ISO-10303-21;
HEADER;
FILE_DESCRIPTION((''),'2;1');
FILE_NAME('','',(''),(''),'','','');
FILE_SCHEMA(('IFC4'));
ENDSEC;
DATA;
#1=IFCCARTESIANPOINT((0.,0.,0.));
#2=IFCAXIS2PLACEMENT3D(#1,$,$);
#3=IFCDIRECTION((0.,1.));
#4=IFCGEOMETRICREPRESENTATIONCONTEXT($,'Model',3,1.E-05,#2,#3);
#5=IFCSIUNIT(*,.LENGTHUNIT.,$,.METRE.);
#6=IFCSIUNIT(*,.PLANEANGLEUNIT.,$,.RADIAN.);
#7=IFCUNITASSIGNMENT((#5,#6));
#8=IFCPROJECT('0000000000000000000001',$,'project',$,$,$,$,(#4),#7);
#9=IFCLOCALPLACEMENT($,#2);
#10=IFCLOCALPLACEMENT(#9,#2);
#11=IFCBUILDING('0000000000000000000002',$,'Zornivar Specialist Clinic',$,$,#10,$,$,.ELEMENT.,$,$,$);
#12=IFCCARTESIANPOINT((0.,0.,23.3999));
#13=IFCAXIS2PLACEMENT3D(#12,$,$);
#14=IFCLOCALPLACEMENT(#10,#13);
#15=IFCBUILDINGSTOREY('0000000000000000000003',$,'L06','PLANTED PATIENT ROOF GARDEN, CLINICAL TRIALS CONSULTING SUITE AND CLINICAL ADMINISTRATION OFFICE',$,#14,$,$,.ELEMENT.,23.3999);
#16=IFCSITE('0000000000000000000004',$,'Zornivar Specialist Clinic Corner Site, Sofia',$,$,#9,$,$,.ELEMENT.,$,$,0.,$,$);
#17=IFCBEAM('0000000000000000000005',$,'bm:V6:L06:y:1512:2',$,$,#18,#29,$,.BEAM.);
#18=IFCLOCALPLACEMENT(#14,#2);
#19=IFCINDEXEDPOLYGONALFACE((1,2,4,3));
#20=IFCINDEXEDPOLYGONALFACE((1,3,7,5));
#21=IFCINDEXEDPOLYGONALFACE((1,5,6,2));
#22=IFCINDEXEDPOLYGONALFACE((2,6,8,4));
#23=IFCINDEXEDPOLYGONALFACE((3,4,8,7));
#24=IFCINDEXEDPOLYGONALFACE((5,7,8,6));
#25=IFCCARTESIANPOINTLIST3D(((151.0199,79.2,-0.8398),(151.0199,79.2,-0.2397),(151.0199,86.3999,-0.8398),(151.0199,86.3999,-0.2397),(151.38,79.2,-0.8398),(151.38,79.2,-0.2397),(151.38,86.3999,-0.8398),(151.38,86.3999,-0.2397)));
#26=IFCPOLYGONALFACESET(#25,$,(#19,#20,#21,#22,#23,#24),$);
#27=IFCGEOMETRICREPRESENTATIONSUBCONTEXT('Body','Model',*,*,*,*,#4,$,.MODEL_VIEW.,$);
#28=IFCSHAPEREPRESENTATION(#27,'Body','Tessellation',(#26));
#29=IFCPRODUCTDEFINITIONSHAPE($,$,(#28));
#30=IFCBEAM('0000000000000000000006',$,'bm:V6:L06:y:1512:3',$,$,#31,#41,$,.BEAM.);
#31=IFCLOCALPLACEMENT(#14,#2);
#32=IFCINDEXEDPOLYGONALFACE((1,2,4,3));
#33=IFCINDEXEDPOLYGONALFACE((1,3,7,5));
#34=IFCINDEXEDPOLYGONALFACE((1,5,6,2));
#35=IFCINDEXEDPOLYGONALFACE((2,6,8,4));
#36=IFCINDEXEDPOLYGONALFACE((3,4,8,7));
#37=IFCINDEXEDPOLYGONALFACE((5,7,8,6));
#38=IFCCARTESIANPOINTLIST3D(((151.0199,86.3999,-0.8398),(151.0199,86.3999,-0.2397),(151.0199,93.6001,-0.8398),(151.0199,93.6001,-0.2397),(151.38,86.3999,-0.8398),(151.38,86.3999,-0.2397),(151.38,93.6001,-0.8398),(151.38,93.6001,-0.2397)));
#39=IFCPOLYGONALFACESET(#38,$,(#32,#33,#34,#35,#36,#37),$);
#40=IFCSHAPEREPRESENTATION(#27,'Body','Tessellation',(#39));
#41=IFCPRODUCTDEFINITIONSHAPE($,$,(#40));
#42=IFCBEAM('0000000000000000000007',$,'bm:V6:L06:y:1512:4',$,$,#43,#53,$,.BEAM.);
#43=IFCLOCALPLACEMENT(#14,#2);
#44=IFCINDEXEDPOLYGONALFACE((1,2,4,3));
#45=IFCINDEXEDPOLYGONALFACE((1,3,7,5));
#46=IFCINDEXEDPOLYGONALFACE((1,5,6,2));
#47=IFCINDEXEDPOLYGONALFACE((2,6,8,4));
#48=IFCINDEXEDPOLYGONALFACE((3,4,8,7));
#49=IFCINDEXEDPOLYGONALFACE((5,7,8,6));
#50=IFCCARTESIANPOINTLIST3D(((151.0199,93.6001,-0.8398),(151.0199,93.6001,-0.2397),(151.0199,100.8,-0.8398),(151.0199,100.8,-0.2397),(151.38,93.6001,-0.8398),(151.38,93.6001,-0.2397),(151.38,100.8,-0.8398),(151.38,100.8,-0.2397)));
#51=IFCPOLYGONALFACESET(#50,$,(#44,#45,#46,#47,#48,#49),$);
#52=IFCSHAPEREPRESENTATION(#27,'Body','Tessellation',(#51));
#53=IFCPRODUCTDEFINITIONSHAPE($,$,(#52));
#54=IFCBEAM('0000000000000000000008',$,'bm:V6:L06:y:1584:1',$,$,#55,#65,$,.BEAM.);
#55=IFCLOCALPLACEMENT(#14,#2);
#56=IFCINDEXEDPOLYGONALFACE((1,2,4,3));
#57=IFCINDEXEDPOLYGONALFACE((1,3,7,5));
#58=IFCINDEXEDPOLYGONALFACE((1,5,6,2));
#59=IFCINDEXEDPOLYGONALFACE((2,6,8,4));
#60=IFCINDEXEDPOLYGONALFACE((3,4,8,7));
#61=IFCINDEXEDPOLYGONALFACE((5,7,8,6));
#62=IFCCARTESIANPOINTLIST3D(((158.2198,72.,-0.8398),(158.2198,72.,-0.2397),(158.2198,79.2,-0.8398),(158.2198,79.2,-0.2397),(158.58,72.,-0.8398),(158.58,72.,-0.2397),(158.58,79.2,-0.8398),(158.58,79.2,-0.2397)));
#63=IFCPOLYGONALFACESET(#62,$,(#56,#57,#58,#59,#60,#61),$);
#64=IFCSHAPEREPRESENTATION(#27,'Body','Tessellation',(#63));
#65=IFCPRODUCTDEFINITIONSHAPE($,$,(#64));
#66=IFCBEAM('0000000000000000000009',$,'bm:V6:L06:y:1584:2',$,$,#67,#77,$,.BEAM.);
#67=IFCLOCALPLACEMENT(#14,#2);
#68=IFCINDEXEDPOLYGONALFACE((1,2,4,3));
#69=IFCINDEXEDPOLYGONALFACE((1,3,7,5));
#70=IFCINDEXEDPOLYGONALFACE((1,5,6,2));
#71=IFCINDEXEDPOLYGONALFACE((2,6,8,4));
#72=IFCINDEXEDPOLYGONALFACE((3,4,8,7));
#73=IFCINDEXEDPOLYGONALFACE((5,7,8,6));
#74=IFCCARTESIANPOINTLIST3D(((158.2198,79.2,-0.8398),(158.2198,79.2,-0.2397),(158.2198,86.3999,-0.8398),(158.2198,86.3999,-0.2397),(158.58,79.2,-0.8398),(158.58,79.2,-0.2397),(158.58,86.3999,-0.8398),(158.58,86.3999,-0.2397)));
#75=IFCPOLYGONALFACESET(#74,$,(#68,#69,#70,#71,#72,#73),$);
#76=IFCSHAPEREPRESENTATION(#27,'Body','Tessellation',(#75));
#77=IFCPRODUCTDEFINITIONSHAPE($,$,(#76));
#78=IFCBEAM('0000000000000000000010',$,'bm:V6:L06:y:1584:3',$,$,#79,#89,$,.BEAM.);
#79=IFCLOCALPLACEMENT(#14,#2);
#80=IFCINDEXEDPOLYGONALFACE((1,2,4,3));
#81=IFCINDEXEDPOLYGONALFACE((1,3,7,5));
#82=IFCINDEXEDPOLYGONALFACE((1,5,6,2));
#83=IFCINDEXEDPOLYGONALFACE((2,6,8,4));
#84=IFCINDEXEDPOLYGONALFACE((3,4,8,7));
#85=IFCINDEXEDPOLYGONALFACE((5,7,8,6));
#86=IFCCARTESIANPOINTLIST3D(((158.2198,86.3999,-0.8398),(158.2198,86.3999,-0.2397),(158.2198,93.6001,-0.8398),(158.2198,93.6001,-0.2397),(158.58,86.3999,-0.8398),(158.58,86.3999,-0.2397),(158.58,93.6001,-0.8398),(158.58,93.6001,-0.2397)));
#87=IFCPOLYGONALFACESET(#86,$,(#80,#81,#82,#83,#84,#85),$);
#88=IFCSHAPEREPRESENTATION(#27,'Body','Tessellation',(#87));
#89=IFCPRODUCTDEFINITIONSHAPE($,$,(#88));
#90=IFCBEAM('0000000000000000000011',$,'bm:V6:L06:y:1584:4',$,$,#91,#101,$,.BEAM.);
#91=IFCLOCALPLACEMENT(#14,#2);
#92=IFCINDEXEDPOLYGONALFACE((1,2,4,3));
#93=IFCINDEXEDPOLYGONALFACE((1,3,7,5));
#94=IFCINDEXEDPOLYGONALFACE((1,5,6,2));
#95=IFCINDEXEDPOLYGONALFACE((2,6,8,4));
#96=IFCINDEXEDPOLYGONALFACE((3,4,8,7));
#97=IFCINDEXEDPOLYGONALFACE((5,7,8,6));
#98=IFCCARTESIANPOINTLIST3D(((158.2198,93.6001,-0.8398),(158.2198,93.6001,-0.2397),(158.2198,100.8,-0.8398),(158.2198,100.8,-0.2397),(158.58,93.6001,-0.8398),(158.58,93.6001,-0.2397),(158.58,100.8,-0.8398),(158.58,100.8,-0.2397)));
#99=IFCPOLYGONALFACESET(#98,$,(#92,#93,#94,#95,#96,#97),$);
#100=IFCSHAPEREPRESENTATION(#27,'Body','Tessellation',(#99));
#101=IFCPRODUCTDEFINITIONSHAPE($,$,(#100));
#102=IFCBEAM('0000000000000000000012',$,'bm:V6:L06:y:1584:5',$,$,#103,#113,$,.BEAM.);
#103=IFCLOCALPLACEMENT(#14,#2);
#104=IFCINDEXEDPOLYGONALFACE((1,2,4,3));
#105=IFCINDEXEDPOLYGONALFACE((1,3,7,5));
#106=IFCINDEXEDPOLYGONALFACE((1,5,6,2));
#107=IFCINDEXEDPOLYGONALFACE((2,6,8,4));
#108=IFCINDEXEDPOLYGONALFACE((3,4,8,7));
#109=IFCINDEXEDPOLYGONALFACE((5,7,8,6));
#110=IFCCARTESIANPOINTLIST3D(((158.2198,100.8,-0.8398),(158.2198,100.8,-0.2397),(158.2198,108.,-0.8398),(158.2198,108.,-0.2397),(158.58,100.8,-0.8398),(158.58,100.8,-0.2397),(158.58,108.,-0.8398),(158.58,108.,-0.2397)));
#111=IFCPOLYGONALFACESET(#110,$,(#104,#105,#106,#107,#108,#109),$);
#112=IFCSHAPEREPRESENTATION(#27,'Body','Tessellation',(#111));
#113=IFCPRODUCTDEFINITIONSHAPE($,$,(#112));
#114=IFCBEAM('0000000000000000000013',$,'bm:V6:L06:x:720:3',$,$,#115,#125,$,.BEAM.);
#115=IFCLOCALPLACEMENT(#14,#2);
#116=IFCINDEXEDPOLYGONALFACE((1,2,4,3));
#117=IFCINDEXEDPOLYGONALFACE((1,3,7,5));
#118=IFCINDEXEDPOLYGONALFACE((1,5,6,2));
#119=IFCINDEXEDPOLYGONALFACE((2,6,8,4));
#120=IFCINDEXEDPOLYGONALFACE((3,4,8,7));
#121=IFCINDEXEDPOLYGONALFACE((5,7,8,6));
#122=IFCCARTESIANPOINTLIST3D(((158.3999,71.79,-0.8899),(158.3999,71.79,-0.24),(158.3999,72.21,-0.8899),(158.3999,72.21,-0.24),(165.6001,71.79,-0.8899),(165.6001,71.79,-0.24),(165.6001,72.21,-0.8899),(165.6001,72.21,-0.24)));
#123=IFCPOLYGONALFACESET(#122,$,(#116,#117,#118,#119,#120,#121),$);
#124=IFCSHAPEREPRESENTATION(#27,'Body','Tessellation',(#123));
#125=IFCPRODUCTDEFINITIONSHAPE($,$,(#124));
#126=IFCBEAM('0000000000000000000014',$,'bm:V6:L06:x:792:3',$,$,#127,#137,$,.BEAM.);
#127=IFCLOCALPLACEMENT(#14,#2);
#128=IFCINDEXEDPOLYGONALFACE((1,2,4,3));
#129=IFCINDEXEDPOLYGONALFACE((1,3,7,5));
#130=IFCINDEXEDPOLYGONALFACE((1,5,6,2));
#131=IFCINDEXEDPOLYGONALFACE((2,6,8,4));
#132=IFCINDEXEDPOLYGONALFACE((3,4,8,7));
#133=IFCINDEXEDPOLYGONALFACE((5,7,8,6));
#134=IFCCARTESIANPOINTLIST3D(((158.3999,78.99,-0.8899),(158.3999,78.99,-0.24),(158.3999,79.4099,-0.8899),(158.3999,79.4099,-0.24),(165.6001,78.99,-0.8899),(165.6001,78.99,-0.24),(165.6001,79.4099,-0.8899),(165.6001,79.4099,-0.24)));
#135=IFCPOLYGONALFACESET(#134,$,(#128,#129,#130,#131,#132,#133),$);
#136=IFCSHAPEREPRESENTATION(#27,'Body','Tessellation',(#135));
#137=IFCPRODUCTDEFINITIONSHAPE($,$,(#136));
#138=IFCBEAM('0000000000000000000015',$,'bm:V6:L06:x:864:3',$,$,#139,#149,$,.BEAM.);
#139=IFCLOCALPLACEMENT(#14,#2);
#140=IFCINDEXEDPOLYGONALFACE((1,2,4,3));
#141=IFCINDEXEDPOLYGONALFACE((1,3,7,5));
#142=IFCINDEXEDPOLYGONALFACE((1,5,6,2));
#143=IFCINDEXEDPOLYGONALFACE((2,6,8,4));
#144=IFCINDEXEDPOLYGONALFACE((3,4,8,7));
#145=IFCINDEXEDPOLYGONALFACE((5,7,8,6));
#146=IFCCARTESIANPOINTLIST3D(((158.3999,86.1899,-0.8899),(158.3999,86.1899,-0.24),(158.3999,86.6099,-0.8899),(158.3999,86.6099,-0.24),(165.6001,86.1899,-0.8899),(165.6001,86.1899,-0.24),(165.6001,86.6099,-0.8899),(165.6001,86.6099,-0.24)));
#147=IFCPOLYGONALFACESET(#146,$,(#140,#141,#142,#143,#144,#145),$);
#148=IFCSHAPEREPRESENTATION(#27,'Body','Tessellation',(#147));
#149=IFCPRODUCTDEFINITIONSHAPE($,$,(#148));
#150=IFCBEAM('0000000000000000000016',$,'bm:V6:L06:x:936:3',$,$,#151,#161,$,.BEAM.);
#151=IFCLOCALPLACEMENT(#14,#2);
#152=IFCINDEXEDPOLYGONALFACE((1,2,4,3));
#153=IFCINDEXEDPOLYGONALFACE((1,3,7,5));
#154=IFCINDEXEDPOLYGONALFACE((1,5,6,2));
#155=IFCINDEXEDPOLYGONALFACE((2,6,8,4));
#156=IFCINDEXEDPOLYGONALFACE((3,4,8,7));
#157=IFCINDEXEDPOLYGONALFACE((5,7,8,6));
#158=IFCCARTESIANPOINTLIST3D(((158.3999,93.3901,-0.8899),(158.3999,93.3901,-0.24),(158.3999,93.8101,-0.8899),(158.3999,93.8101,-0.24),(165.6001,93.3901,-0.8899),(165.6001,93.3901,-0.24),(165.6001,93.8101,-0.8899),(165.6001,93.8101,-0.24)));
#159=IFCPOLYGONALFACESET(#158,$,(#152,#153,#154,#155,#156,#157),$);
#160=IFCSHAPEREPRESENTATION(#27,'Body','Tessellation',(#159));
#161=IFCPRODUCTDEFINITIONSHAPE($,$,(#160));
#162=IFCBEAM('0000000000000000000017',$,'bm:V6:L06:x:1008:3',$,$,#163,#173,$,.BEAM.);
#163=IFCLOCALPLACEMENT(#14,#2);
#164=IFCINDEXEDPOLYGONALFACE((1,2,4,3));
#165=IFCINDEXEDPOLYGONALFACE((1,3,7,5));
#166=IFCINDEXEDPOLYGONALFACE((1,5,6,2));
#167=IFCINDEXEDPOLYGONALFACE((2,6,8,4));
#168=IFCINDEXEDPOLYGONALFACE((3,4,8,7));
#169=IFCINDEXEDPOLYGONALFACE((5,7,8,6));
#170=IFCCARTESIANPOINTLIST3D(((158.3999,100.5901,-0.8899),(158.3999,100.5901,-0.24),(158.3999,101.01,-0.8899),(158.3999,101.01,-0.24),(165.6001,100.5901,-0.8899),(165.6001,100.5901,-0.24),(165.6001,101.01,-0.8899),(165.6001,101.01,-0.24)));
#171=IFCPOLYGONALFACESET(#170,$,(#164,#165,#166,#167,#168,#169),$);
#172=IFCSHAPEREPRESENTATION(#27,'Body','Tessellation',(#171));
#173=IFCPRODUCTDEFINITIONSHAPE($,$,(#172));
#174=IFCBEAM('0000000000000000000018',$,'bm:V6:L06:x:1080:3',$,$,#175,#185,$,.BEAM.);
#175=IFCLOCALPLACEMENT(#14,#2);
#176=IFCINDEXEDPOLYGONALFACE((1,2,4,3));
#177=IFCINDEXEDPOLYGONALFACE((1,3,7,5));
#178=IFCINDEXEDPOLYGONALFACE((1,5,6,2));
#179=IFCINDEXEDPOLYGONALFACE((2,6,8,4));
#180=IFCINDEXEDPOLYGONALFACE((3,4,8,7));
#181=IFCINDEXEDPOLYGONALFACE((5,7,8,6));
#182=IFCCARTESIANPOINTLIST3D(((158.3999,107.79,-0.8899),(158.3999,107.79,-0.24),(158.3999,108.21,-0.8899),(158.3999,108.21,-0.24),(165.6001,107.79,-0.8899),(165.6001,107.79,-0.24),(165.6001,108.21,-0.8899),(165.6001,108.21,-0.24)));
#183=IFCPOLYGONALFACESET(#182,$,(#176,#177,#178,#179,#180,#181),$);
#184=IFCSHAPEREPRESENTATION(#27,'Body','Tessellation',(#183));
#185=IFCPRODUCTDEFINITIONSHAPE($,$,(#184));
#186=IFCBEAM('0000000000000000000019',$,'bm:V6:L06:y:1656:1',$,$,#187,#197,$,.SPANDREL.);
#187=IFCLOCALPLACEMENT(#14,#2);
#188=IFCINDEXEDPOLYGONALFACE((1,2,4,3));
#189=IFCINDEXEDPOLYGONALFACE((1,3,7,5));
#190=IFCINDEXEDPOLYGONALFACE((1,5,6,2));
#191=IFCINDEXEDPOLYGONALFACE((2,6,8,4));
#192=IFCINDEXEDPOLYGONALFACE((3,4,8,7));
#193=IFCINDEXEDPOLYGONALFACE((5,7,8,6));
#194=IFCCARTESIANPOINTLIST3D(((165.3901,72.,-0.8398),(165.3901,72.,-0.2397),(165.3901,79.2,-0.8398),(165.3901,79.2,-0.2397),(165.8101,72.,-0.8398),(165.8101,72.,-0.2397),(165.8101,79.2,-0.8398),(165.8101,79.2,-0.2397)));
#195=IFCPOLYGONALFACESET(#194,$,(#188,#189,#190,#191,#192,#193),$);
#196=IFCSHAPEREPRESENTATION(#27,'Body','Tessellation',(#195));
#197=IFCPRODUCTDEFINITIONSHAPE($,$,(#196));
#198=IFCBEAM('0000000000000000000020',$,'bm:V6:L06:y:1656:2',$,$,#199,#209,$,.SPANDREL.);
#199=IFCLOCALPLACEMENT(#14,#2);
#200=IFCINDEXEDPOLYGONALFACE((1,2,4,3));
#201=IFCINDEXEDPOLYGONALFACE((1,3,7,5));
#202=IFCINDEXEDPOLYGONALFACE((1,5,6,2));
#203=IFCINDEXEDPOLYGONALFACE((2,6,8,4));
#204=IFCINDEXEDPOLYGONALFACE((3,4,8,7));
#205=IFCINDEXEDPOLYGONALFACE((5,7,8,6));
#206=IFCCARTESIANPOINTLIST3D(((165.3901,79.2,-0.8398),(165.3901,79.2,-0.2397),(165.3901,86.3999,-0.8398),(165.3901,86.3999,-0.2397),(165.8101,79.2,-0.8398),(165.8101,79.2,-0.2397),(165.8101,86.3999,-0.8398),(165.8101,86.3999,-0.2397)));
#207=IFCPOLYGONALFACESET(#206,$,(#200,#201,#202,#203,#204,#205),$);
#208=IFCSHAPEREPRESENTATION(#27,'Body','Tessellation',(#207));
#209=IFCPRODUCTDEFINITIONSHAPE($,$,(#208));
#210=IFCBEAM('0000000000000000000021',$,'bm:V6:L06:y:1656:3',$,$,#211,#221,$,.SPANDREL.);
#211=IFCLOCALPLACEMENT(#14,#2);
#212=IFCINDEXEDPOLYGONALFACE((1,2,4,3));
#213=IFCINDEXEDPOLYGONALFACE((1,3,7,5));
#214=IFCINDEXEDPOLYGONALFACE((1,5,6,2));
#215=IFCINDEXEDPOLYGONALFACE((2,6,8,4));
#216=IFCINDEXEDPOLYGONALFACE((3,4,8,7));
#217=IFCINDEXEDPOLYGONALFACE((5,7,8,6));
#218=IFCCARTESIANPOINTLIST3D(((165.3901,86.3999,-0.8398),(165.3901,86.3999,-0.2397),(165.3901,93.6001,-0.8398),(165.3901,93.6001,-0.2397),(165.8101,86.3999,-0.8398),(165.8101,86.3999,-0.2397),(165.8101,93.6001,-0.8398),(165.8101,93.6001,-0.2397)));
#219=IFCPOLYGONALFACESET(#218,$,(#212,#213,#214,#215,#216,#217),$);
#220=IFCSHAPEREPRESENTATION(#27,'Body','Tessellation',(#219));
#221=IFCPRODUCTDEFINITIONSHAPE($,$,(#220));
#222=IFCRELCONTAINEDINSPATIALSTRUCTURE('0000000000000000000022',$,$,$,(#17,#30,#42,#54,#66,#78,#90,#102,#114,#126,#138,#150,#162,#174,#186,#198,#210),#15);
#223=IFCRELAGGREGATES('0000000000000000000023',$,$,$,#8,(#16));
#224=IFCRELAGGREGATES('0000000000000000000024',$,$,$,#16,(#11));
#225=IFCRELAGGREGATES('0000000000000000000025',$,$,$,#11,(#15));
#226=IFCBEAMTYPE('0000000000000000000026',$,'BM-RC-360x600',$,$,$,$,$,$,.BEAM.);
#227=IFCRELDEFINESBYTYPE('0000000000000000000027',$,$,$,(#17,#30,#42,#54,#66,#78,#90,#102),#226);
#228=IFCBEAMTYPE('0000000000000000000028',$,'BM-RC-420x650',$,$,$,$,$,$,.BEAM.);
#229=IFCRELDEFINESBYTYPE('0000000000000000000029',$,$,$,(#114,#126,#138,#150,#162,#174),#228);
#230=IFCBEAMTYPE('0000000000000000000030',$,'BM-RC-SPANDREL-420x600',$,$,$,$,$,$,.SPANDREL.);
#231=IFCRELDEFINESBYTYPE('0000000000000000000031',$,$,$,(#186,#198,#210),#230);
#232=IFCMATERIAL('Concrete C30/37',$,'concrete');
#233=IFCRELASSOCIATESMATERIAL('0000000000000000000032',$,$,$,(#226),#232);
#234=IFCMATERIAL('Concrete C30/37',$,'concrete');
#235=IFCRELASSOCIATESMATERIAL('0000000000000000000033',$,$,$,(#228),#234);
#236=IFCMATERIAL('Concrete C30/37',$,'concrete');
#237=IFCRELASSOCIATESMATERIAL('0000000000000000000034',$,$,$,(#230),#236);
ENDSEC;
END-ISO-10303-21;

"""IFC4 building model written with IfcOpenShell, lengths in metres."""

from ifc_helpers import new_model, si_unit, direction, frame, origin, origin_2d, place, context, subcontext, project, spatial, rectangle, extrude, material, material_profile, profile_set, type_object, element, save


model = new_model("IFC4")

# Units and contexts
model_context = context("Model", 3, precision=1e-05, world=origin(), true_north=direction((0.0, 1.0)))
body_context = subcontext(model_context, "Body", "Model", "MODEL_VIEW")
ifc_project = project(units=[si_unit("LENGTHUNIT", "METRE"), si_unit("PLANEANGLEUNIT", "RADIAN")], contexts=[model_context])

# Site, building, storey
site_placement = place(None, origin())
site = spatial("IfcSite", under=ifc_project, at=site_placement, Name="Zornivar Specialist Clinic Corner Site, Sofia", CompositionType="ELEMENT", RefElevation=0.0)
building_placement = place(site_placement, origin())
building = spatial("IfcBuilding", under=site, at=building_placement, Name="Zornivar Specialist Clinic", CompositionType="ELEMENT")
storey_placement = place(building_placement, frame((0.0, 0.0, 23.3999)))
storey = spatial("IfcBuildingStorey", under=building, at=storey_placement, Name="L06", Description="PLANTED PATIENT ROOF GARDEN, CLINICAL TRIALS CONSULTING SUITE AND CLINICAL ADMINISTRATION OFFICE", CompositionType="ELEMENT", Elevation=23.3999)

# Beams
ifc_material_1 = material(Name="Concrete C30/37", Category="concrete")
ifc_material_profile_1 = material_profile(ifc_material_1, rectangle(XDim=0.3601, YDim=0.6001, at=origin_2d()), Name="RC 360x600")
ifc_profile_set_1 = profile_set([ifc_material_profile_1], Name="Concrete C30/37")
beam_type_1 = type_object("IfcBeamType", Name="BM-RC-360x600", PredefinedType="BEAM", material=ifc_profile_set_1)
beam_1_placement = place(storey_placement, frame((151.2, 79.2, -0.5398), z_axis=(0.0, 1.0, 0.0), x_axis=(-1.0, 0.0, 0.0)))
element("IfcBeam", 1, at=beam_1_placement, inside=storey, type_object=beam_type_1, Name="bm:V6:L06:y:1512:2", PredefinedType="BEAM", context=body_context, shape_type="SweptSolid", body=[
    extrude(rectangle(XDim=0.3601, YDim=0.6001, at=origin_2d()), origin(), (0.0, 0.0, 1.0), 7.2),
])
beam_2_placement = place(storey_placement, frame((151.2, 86.3999, -0.5398), z_axis=(0.0, 1.0, 0.0), x_axis=(-1.0, 0.0, 0.0)))
element("IfcBeam", 2, at=beam_2_placement, inside=storey, type_object=beam_type_1, Name="bm:V6:L06:y:1512:3", PredefinedType="BEAM", context=body_context, shape_type="SweptSolid", body=[
    extrude(rectangle(XDim=0.3601, YDim=0.6001, at=origin_2d()), origin(), (0.0, 0.0, 1.0), 7.2002),
])
for number, where, z_axis, x_axis, name in (
    (3, (151.2, 93.6001, -0.5398), (0.0, 1.0, 0.0), (-1.0, 0.0, 0.0), "bm:V6:L06:y:1512:4"),
    (4, (158.3999, 72.0, -0.5398), (0.0, 1.0, 0.0), (-1.0, 0.0, 0.0), "bm:V6:L06:y:1584:1"),
    (5, (158.3999, 79.2, -0.5398), (0.0, 1.0, 0.0), (-1.0, 0.0, 0.0), "bm:V6:L06:y:1584:2"),
):
    element("IfcBeam", number, at=place(storey_placement, frame(where, z_axis=z_axis, x_axis=x_axis)), inside=storey, type_object=beam_type_1, Name=name, PredefinedType="BEAM", context=body_context, shape_type="SweptSolid", body=[
        extrude(rectangle(XDim=0.3601, YDim=0.6001, at=origin_2d()), origin(), (0.0, 0.0, 1.0), 7.2),
    ])
beam_3_placement = place(storey_placement, frame((158.3999, 86.3999, -0.5398), z_axis=(0.0, 1.0, 0.0), x_axis=(-1.0, 0.0, 0.0)))
element("IfcBeam", 6, at=beam_3_placement, inside=storey, type_object=beam_type_1, Name="bm:V6:L06:y:1584:3", PredefinedType="BEAM", context=body_context, shape_type="SweptSolid", body=[
    extrude(rectangle(XDim=0.3601, YDim=0.6001, at=origin_2d()), origin(), (0.0, 0.0, 1.0), 7.2002),
])
for number, where, z_axis, x_axis, name in (
    (7, (158.3999, 93.6001, -0.5398), (0.0, 1.0, 0.0), (-1.0, 0.0, 0.0), "bm:V6:L06:y:1584:4"),
    (8, (158.3999, 100.8, -0.5398), (0.0, 1.0, 0.0), (-1.0, 0.0, 0.0), "bm:V6:L06:y:1584:5"),
):
    element("IfcBeam", number, at=place(storey_placement, frame(where, z_axis=z_axis, x_axis=x_axis)), inside=storey, type_object=beam_type_1, Name=name, PredefinedType="BEAM", context=body_context, shape_type="SweptSolid", body=[
        extrude(rectangle(XDim=0.3601, YDim=0.6001, at=origin_2d()), origin(), (0.0, 0.0, 1.0), 7.2),
    ])
ifc_material_2 = material(Name="Concrete C30/37", Category="concrete")
ifc_material_profile_2 = material_profile(ifc_material_2, rectangle(XDim=0.4199, YDim=0.6499, at=origin_2d()), Name="RC 420x650")
ifc_profile_set_2 = profile_set([ifc_material_profile_2], Name="Concrete C30/37")
beam_type_2 = type_object("IfcBeamType", Name="BM-RC-420x650", PredefinedType="BEAM", material=ifc_profile_set_2)
for number, where, z_axis, x_axis, name in (
    (9, (158.3999, 72.0, -0.5649), (1.0, 0.0, 0.0), (0.0, 1.0, 0.0), "bm:V6:L06:x:720:3"),
    (10, (158.3999, 79.2, -0.5649), (1.0, 0.0, 0.0), (0.0, 1.0, 0.0), "bm:V6:L06:x:792:3"),
    (11, (158.3999, 86.3999, -0.5649), (1.0, 0.0, 0.0), (0.0, 1.0, 0.0), "bm:V6:L06:x:864:3"),
    (12, (158.3999, 93.6001, -0.5649), (1.0, 0.0, 0.0), (0.0, 1.0, 0.0), "bm:V6:L06:x:936:3"),
    (13, (158.3999, 100.8, -0.5649), (1.0, 0.0, 0.0), (0.0, 1.0, 0.0), "bm:V6:L06:x:1008:3"),
    (14, (158.3999, 108.0, -0.5649), (1.0, 0.0, 0.0), (0.0, 1.0, 0.0), "bm:V6:L06:x:1080:3"),
):
    element("IfcBeam", number, at=place(storey_placement, frame(where, z_axis=z_axis, x_axis=x_axis)), inside=storey, type_object=beam_type_2, Name=name, PredefinedType="BEAM", context=body_context, shape_type="SweptSolid", body=[
        extrude(rectangle(XDim=0.4199, YDim=0.6499, at=origin_2d()), origin(), (0.0, 0.0, 1.0), 7.2002),
    ])
ifc_material_3 = material(Name="Concrete C30/37", Category="concrete")
ifc_material_profile_3 = material_profile(ifc_material_3, rectangle(XDim=0.4199, YDim=0.6001, at=origin_2d()), Name="RC 420x600")
ifc_profile_set_3 = profile_set([ifc_material_profile_3], Name="Concrete C30/37")
beam_type_3 = type_object("IfcBeamType", Name="BM-RC-SPANDREL-420x600", PredefinedType="SPANDREL", material=ifc_profile_set_3)
for number, where, z_axis, x_axis, name in (
    (15, (165.6001, 72.0, -0.5398), (0.0, 1.0, 0.0), (-1.0, 0.0, 0.0), "bm:V6:L06:y:1656:1"),
    (16, (165.6001, 79.2, -0.5398), (0.0, 1.0, 0.0), (-1.0, 0.0, 0.0), "bm:V6:L06:y:1656:2"),
):
    element("IfcBeam", number, at=place(storey_placement, frame(where, z_axis=z_axis, x_axis=x_axis)), inside=storey, type_object=beam_type_3, Name=name, PredefinedType="SPANDREL", context=body_context, shape_type="SweptSolid", body=[
        extrude(rectangle(XDim=0.4199, YDim=0.6001, at=origin_2d()), origin(), (0.0, 0.0, 1.0), 7.2),
    ])
beam_4_placement = place(storey_placement, frame((165.6001, 86.3999, -0.5398), z_axis=(0.0, 1.0, 0.0), x_axis=(-1.0, 0.0, 0.0)))
element("IfcBeam", 17, at=beam_4_placement, inside=storey, type_object=beam_type_3, Name="bm:V6:L06:y:1656:3", PredefinedType="SPANDREL", context=body_context, shape_type="SweptSolid", body=[
    extrude(rectangle(XDim=0.4199, YDim=0.6001, at=origin_2d()), origin(), (0.0, 0.0, 1.0), 7.2002),
])

save(model, "model.ifc")
